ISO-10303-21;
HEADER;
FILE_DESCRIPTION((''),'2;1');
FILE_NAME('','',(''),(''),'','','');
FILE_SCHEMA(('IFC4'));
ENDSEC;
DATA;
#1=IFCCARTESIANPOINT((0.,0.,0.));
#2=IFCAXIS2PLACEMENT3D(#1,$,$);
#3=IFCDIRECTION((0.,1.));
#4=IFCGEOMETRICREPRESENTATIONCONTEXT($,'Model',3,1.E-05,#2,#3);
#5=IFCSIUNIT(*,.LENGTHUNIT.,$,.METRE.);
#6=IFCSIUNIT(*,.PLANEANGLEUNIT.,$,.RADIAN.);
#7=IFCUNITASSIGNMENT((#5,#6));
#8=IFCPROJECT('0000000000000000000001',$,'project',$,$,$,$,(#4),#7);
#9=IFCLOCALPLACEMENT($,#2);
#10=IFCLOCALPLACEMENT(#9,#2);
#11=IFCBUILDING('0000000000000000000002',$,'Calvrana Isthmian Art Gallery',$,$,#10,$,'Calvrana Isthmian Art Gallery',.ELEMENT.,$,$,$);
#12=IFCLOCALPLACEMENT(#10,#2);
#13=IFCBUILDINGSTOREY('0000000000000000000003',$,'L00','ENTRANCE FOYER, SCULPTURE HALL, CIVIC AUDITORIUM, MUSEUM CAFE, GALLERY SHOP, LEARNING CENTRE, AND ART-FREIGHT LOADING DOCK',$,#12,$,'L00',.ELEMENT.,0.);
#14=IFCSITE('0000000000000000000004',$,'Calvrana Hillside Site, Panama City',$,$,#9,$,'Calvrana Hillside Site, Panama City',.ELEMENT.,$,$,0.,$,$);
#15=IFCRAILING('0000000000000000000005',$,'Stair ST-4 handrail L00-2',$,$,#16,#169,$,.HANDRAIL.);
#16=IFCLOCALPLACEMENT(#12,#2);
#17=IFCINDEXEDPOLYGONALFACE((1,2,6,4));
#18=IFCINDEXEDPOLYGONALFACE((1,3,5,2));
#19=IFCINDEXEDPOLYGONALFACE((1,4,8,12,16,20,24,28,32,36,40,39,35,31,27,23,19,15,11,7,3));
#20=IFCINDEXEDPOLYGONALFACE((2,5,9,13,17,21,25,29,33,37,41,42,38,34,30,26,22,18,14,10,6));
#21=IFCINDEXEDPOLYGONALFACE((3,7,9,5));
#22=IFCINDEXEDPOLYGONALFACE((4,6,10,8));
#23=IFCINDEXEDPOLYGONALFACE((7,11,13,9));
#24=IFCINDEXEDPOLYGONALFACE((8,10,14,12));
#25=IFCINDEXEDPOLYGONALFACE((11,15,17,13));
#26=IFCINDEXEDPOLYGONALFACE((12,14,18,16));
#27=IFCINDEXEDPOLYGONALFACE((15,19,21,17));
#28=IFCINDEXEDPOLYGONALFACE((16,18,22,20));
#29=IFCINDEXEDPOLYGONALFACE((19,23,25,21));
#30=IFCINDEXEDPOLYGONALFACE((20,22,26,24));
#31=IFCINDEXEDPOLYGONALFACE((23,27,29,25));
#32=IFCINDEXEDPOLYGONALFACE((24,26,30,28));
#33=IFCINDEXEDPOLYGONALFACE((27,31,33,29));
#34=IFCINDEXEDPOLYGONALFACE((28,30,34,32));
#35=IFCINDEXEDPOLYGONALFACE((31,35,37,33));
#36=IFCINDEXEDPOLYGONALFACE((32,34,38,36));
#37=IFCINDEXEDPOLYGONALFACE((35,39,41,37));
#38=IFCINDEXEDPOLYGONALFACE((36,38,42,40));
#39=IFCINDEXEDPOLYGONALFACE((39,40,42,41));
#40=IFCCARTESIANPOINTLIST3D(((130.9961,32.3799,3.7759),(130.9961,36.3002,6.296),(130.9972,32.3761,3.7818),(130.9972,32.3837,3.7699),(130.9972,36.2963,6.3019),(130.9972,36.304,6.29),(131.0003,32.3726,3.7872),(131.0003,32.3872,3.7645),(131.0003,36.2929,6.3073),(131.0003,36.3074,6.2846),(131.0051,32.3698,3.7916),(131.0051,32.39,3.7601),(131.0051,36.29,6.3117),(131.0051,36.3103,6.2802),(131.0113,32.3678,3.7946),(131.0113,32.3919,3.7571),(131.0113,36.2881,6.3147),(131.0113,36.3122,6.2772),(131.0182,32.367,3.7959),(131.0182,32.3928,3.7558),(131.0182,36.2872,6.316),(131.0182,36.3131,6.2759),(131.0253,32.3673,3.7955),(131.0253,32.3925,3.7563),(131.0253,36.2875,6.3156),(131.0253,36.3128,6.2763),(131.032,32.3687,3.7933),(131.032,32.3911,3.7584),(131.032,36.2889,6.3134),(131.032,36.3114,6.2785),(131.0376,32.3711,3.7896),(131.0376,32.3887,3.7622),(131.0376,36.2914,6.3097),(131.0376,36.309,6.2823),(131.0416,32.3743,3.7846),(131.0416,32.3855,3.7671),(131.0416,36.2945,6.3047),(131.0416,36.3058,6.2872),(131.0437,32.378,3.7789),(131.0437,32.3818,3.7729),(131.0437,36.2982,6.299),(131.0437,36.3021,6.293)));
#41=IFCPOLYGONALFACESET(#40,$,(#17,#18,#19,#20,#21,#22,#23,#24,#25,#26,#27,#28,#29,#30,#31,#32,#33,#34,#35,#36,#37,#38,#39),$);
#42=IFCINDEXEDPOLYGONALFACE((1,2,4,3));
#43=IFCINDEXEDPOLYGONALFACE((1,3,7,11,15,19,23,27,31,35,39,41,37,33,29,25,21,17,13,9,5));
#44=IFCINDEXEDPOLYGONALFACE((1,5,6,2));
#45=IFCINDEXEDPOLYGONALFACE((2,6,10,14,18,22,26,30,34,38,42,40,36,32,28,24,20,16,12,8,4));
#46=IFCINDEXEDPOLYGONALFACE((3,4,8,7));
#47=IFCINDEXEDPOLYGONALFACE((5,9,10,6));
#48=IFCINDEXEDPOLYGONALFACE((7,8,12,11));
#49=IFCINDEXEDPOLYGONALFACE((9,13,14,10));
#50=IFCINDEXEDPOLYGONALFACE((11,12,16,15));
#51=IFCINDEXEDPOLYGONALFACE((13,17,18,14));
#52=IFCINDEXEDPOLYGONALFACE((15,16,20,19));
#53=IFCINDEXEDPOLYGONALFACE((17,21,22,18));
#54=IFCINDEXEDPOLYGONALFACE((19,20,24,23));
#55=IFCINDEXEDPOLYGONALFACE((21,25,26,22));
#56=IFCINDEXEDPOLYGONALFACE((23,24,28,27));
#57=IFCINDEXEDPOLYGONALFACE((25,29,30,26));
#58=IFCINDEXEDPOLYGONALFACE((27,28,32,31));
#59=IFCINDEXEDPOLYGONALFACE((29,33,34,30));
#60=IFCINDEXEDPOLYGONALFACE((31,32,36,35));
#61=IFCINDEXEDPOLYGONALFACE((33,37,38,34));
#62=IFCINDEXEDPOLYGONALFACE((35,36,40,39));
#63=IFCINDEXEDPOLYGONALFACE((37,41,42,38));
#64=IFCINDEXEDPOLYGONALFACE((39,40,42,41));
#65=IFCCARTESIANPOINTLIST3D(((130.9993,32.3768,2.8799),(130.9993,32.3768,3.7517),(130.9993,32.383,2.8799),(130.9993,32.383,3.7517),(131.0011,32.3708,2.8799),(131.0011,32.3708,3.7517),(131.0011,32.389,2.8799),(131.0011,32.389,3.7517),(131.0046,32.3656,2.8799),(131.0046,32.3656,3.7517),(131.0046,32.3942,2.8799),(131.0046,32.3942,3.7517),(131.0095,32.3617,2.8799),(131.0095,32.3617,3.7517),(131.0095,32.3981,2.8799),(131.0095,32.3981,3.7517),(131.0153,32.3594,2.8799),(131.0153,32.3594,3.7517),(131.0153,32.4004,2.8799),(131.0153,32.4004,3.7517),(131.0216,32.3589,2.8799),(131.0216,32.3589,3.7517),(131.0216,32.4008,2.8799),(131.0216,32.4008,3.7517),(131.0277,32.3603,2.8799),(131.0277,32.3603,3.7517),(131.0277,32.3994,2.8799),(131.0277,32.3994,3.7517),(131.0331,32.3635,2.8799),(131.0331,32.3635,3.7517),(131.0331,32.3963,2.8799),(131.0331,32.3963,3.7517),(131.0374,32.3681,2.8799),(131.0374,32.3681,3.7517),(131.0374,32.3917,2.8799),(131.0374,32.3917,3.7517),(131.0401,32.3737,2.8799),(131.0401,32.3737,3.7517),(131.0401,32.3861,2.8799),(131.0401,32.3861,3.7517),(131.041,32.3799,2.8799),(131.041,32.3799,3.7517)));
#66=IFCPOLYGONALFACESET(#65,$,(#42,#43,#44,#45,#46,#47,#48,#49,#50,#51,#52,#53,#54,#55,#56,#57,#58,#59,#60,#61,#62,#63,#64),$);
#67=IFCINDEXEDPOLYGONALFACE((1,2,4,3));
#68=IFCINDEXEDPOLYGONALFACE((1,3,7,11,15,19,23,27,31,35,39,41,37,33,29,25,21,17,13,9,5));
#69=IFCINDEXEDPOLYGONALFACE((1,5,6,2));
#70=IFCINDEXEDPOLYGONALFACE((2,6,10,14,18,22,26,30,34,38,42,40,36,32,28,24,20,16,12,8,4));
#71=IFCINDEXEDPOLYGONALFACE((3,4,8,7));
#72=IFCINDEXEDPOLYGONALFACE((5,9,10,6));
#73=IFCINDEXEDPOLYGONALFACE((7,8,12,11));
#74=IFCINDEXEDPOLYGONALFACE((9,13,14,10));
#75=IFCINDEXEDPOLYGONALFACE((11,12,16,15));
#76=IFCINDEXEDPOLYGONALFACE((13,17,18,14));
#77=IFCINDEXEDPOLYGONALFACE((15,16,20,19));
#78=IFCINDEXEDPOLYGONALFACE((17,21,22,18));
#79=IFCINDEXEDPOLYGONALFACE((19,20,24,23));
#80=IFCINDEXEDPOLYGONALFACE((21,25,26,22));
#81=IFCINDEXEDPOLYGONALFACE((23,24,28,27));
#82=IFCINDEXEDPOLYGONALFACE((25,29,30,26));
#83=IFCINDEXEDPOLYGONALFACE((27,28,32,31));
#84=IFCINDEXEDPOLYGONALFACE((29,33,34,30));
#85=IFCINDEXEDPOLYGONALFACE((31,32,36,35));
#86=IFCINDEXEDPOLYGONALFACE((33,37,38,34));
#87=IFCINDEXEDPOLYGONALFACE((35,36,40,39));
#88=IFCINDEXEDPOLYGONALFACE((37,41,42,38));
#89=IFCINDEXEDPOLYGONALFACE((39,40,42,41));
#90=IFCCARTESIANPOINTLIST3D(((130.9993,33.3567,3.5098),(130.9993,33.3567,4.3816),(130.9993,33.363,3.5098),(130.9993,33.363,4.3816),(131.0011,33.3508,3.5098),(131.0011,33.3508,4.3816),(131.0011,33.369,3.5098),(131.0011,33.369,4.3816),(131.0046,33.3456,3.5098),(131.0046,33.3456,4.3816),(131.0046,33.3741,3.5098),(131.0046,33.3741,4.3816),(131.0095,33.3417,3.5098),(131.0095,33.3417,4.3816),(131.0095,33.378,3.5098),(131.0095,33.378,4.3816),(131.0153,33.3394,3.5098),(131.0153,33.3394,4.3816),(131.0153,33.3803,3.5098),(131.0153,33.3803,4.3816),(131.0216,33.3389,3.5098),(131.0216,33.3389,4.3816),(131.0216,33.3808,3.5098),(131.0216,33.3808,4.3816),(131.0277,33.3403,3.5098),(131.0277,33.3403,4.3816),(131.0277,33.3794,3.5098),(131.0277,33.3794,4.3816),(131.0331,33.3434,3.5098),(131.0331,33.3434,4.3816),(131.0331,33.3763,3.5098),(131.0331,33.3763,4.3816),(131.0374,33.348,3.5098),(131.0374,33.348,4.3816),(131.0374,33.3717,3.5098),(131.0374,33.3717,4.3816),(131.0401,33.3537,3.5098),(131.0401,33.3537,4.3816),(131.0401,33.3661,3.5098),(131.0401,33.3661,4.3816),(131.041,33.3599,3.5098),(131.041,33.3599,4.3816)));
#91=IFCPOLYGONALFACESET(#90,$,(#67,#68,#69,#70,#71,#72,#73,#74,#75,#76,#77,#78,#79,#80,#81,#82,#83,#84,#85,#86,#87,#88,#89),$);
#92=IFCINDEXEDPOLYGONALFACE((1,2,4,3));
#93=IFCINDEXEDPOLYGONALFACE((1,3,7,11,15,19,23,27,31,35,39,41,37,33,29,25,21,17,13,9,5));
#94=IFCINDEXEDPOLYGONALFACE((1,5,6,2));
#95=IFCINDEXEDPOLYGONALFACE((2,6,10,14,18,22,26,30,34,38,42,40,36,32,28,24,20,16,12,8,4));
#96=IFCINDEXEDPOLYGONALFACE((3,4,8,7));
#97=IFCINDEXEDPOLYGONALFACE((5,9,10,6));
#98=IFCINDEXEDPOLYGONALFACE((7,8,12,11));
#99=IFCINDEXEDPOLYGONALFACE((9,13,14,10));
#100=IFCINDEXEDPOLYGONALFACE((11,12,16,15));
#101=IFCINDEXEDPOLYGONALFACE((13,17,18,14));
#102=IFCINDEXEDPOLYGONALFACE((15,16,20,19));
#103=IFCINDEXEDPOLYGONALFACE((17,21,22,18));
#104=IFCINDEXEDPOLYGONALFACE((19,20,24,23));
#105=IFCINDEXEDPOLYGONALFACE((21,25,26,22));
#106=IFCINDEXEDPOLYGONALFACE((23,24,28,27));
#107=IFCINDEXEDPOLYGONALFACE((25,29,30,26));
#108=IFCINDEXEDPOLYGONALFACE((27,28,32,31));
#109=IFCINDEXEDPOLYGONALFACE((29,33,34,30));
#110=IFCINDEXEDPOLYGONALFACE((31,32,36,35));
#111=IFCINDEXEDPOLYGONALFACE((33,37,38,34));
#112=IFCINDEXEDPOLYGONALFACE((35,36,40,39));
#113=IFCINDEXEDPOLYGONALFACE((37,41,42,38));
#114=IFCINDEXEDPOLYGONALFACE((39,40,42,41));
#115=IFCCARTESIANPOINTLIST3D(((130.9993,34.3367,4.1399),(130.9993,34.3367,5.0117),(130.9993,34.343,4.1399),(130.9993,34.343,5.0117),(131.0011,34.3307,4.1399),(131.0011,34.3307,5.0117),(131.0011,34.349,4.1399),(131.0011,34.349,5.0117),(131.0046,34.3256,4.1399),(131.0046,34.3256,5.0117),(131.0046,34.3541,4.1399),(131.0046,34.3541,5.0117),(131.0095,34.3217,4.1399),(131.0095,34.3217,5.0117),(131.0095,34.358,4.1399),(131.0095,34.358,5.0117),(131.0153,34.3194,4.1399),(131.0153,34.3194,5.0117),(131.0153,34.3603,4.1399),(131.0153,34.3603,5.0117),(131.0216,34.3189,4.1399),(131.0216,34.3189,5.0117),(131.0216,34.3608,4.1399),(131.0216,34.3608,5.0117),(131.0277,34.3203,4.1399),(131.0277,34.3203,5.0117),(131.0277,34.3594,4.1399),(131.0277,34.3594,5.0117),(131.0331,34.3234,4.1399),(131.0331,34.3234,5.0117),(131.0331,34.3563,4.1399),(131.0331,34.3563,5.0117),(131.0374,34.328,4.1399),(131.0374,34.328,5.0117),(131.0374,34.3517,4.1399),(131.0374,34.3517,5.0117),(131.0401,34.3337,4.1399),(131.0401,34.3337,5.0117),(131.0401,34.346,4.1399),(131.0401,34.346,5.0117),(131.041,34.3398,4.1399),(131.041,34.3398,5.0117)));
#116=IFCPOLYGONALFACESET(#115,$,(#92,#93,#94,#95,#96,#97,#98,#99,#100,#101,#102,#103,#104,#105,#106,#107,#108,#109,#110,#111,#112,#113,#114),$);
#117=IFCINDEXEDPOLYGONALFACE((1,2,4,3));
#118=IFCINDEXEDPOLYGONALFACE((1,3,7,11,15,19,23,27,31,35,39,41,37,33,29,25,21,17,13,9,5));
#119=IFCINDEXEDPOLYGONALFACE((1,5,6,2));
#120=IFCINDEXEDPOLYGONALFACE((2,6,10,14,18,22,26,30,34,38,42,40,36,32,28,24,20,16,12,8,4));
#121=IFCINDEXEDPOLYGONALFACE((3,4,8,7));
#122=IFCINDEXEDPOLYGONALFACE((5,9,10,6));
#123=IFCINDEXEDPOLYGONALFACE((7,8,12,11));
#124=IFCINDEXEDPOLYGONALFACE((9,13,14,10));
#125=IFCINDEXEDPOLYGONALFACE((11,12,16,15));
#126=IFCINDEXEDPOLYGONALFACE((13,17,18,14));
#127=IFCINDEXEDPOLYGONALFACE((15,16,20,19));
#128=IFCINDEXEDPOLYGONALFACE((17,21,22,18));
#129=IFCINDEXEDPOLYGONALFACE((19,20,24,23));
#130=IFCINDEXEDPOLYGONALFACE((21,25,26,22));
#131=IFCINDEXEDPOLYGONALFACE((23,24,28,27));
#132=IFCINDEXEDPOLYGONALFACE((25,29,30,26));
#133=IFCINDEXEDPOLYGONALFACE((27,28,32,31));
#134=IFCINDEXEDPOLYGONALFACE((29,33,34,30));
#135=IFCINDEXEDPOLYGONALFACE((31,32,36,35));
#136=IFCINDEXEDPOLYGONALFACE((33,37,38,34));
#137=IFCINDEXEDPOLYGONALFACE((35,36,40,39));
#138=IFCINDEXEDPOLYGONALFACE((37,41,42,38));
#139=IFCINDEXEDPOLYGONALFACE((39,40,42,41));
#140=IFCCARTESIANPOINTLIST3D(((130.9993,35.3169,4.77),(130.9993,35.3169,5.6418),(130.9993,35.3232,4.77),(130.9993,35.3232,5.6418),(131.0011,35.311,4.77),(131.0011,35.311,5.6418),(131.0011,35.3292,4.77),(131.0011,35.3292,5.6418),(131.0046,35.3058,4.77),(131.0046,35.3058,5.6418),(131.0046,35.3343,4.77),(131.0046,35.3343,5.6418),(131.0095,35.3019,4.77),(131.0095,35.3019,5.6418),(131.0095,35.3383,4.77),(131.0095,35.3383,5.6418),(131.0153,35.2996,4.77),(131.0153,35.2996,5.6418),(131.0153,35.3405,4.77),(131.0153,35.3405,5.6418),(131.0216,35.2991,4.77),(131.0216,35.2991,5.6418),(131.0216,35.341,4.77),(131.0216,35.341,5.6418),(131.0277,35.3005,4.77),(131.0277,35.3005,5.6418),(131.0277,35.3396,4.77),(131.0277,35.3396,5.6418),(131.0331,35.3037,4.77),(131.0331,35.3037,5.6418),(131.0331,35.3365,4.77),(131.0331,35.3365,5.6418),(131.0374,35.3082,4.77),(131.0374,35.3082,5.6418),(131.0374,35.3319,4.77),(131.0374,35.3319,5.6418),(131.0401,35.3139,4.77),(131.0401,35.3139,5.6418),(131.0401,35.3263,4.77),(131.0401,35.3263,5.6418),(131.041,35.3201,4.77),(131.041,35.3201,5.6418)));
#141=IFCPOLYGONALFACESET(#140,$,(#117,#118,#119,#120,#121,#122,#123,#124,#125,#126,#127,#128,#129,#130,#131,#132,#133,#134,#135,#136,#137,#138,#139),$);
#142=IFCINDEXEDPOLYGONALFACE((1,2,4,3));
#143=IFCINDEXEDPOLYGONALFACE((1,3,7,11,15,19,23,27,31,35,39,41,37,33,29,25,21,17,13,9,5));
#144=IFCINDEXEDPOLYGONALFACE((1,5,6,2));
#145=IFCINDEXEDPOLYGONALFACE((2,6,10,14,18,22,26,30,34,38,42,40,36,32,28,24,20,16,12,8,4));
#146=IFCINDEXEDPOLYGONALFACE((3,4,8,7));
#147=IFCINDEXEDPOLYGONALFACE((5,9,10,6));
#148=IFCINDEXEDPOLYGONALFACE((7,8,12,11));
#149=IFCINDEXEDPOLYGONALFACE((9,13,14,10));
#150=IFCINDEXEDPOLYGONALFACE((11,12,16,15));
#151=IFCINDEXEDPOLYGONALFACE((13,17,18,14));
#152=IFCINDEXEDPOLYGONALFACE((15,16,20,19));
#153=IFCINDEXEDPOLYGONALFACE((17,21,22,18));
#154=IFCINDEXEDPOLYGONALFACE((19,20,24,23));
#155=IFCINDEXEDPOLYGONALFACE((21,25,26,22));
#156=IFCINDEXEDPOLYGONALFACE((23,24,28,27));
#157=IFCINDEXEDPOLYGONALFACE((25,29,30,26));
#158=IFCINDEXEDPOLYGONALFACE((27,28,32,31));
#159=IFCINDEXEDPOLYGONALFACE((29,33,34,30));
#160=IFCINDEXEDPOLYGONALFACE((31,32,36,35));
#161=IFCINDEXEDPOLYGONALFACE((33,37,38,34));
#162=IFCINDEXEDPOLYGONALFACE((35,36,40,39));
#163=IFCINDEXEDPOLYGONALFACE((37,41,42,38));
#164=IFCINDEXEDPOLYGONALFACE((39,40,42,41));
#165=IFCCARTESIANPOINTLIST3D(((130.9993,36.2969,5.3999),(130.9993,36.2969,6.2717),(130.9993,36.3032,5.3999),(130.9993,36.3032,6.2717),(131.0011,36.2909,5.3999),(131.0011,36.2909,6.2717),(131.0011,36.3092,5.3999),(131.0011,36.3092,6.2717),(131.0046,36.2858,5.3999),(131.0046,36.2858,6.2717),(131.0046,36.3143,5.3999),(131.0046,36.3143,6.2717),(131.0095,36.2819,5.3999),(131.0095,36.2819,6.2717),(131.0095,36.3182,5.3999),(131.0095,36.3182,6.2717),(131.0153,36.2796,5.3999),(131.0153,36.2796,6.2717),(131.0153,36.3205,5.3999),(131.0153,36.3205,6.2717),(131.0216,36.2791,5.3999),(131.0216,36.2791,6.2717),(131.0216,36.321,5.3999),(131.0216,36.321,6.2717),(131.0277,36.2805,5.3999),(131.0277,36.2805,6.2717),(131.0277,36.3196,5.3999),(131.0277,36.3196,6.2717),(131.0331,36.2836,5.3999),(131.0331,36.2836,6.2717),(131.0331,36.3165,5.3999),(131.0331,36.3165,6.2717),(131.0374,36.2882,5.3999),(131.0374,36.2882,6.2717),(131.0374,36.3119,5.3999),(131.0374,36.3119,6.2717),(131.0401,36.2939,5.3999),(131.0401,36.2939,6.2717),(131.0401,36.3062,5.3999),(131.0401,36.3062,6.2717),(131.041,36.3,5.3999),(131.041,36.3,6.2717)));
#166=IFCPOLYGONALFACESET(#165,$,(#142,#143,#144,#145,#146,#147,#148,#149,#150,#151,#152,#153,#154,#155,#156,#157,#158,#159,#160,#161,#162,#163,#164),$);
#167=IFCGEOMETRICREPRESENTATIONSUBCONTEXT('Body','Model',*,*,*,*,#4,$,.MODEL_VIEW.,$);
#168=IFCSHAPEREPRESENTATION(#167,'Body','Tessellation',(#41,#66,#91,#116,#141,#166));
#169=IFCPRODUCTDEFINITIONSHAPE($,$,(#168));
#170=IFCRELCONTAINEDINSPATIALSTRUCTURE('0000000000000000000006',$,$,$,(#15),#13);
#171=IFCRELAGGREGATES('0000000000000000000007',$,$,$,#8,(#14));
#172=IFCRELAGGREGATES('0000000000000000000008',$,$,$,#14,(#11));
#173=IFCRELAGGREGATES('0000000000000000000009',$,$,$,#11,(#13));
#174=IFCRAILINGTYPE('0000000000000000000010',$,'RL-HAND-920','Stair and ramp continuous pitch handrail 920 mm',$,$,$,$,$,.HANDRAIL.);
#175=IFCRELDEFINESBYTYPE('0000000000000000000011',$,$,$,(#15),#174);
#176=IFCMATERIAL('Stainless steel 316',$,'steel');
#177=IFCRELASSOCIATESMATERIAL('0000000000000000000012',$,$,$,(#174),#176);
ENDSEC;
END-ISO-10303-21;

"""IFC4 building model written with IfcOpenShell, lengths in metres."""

from ifc_helpers import new_model, si_unit, direction, frame, origin, origin_2d, place, context, subcontext, project, spatial, circle, extrude, material, type_object, element, save


model = new_model("IFC4")

# Units and contexts
model_context = context("Model", 3, precision=1e-05, world=origin(), true_north=direction((0.0, 1.0)))
body_context = subcontext(model_context, "Body", "Model", "MODEL_VIEW")
ifc_project = project(units=[si_unit("LENGTHUNIT", "METRE"), si_unit("PLANEANGLEUNIT", "RADIAN")], contexts=[model_context])

# Site, building, storey
site_placement = place(None, origin())
site = spatial("IfcSite", under=ifc_project, at=site_placement, Name="Calvrana Hillside Site, Panama City", LongName="Calvrana Hillside Site, Panama City", CompositionType="ELEMENT", RefElevation=0.0)
building_placement = place(site_placement, origin())
building = spatial("IfcBuilding", under=site, at=building_placement, Name="Calvrana Isthmian Art Gallery", LongName="Calvrana Isthmian Art Gallery", CompositionType="ELEMENT")
storey_placement = place(building_placement, origin())
storey = spatial("IfcBuildingStorey", under=building, at=storey_placement, Name="L00", Description="ENTRANCE FOYER, SCULPTURE HALL, CIVIC AUDITORIUM, MUSEUM CAFE, GALLERY SHOP, LEARNING CENTRE, AND ART-FREIGHT LOADING DOCK", LongName="L00", CompositionType="ELEMENT", Elevation=0.0)

# Shared definitions
ifc_material_1 = material(Name="Stainless steel 316", Category="steel")

# Railing
railing_type_1 = type_object("IfcRailingType", Name="RL-HAND-920", Description="Stair and ramp continuous pitch handrail 920 mm", PredefinedType="HANDRAIL", material=ifc_material_1)
railing_1_placement = place(storey_placement, frame((131.02, 32.3799, 2.8799)))
element("IfcRailing", 1, at=railing_1_placement, inside=storey, type_object=railing_type_1, Name="Stair ST-4 handrail L00-2", PredefinedType="HANDRAIL", context=body_context, shape_type="SweptSolid", body=[
    extrude(circle(Radius=0.0239, at=origin_2d()), frame((0.0, 0.0, 0.896), z_axis=(0.0, 0.841187, 0.540744), x_axis=(-1.0, 0.0, 0.0)), (0.0, 0.0, 1.0), 4.6604),
    extrude(circle(Radius=0.021, at=origin_2d()), origin(), (0.0, 0.0, 1.0), 0.8718),
    extrude(circle(Radius=0.021, at=origin_2d()), frame((0.0, 0.98, 0.6299)), (0.0, 0.0, 1.0), 0.8718),
    extrude(circle(Radius=0.021, at=origin_2d()), frame((0.0, 1.96, 1.26)), (0.0, 0.0, 1.0), 0.8718),
    extrude(circle(Radius=0.021, at=origin_2d()), frame((0.0, 2.9402, 1.8901)), (0.0, 0.0, 1.0), 0.8718),
    extrude(circle(Radius=0.021, at=origin_2d()), frame((0.0, 3.9202, 2.52)), (0.0, 0.0, 1.0), 0.8718),
])

save(model, "model.ifc")
